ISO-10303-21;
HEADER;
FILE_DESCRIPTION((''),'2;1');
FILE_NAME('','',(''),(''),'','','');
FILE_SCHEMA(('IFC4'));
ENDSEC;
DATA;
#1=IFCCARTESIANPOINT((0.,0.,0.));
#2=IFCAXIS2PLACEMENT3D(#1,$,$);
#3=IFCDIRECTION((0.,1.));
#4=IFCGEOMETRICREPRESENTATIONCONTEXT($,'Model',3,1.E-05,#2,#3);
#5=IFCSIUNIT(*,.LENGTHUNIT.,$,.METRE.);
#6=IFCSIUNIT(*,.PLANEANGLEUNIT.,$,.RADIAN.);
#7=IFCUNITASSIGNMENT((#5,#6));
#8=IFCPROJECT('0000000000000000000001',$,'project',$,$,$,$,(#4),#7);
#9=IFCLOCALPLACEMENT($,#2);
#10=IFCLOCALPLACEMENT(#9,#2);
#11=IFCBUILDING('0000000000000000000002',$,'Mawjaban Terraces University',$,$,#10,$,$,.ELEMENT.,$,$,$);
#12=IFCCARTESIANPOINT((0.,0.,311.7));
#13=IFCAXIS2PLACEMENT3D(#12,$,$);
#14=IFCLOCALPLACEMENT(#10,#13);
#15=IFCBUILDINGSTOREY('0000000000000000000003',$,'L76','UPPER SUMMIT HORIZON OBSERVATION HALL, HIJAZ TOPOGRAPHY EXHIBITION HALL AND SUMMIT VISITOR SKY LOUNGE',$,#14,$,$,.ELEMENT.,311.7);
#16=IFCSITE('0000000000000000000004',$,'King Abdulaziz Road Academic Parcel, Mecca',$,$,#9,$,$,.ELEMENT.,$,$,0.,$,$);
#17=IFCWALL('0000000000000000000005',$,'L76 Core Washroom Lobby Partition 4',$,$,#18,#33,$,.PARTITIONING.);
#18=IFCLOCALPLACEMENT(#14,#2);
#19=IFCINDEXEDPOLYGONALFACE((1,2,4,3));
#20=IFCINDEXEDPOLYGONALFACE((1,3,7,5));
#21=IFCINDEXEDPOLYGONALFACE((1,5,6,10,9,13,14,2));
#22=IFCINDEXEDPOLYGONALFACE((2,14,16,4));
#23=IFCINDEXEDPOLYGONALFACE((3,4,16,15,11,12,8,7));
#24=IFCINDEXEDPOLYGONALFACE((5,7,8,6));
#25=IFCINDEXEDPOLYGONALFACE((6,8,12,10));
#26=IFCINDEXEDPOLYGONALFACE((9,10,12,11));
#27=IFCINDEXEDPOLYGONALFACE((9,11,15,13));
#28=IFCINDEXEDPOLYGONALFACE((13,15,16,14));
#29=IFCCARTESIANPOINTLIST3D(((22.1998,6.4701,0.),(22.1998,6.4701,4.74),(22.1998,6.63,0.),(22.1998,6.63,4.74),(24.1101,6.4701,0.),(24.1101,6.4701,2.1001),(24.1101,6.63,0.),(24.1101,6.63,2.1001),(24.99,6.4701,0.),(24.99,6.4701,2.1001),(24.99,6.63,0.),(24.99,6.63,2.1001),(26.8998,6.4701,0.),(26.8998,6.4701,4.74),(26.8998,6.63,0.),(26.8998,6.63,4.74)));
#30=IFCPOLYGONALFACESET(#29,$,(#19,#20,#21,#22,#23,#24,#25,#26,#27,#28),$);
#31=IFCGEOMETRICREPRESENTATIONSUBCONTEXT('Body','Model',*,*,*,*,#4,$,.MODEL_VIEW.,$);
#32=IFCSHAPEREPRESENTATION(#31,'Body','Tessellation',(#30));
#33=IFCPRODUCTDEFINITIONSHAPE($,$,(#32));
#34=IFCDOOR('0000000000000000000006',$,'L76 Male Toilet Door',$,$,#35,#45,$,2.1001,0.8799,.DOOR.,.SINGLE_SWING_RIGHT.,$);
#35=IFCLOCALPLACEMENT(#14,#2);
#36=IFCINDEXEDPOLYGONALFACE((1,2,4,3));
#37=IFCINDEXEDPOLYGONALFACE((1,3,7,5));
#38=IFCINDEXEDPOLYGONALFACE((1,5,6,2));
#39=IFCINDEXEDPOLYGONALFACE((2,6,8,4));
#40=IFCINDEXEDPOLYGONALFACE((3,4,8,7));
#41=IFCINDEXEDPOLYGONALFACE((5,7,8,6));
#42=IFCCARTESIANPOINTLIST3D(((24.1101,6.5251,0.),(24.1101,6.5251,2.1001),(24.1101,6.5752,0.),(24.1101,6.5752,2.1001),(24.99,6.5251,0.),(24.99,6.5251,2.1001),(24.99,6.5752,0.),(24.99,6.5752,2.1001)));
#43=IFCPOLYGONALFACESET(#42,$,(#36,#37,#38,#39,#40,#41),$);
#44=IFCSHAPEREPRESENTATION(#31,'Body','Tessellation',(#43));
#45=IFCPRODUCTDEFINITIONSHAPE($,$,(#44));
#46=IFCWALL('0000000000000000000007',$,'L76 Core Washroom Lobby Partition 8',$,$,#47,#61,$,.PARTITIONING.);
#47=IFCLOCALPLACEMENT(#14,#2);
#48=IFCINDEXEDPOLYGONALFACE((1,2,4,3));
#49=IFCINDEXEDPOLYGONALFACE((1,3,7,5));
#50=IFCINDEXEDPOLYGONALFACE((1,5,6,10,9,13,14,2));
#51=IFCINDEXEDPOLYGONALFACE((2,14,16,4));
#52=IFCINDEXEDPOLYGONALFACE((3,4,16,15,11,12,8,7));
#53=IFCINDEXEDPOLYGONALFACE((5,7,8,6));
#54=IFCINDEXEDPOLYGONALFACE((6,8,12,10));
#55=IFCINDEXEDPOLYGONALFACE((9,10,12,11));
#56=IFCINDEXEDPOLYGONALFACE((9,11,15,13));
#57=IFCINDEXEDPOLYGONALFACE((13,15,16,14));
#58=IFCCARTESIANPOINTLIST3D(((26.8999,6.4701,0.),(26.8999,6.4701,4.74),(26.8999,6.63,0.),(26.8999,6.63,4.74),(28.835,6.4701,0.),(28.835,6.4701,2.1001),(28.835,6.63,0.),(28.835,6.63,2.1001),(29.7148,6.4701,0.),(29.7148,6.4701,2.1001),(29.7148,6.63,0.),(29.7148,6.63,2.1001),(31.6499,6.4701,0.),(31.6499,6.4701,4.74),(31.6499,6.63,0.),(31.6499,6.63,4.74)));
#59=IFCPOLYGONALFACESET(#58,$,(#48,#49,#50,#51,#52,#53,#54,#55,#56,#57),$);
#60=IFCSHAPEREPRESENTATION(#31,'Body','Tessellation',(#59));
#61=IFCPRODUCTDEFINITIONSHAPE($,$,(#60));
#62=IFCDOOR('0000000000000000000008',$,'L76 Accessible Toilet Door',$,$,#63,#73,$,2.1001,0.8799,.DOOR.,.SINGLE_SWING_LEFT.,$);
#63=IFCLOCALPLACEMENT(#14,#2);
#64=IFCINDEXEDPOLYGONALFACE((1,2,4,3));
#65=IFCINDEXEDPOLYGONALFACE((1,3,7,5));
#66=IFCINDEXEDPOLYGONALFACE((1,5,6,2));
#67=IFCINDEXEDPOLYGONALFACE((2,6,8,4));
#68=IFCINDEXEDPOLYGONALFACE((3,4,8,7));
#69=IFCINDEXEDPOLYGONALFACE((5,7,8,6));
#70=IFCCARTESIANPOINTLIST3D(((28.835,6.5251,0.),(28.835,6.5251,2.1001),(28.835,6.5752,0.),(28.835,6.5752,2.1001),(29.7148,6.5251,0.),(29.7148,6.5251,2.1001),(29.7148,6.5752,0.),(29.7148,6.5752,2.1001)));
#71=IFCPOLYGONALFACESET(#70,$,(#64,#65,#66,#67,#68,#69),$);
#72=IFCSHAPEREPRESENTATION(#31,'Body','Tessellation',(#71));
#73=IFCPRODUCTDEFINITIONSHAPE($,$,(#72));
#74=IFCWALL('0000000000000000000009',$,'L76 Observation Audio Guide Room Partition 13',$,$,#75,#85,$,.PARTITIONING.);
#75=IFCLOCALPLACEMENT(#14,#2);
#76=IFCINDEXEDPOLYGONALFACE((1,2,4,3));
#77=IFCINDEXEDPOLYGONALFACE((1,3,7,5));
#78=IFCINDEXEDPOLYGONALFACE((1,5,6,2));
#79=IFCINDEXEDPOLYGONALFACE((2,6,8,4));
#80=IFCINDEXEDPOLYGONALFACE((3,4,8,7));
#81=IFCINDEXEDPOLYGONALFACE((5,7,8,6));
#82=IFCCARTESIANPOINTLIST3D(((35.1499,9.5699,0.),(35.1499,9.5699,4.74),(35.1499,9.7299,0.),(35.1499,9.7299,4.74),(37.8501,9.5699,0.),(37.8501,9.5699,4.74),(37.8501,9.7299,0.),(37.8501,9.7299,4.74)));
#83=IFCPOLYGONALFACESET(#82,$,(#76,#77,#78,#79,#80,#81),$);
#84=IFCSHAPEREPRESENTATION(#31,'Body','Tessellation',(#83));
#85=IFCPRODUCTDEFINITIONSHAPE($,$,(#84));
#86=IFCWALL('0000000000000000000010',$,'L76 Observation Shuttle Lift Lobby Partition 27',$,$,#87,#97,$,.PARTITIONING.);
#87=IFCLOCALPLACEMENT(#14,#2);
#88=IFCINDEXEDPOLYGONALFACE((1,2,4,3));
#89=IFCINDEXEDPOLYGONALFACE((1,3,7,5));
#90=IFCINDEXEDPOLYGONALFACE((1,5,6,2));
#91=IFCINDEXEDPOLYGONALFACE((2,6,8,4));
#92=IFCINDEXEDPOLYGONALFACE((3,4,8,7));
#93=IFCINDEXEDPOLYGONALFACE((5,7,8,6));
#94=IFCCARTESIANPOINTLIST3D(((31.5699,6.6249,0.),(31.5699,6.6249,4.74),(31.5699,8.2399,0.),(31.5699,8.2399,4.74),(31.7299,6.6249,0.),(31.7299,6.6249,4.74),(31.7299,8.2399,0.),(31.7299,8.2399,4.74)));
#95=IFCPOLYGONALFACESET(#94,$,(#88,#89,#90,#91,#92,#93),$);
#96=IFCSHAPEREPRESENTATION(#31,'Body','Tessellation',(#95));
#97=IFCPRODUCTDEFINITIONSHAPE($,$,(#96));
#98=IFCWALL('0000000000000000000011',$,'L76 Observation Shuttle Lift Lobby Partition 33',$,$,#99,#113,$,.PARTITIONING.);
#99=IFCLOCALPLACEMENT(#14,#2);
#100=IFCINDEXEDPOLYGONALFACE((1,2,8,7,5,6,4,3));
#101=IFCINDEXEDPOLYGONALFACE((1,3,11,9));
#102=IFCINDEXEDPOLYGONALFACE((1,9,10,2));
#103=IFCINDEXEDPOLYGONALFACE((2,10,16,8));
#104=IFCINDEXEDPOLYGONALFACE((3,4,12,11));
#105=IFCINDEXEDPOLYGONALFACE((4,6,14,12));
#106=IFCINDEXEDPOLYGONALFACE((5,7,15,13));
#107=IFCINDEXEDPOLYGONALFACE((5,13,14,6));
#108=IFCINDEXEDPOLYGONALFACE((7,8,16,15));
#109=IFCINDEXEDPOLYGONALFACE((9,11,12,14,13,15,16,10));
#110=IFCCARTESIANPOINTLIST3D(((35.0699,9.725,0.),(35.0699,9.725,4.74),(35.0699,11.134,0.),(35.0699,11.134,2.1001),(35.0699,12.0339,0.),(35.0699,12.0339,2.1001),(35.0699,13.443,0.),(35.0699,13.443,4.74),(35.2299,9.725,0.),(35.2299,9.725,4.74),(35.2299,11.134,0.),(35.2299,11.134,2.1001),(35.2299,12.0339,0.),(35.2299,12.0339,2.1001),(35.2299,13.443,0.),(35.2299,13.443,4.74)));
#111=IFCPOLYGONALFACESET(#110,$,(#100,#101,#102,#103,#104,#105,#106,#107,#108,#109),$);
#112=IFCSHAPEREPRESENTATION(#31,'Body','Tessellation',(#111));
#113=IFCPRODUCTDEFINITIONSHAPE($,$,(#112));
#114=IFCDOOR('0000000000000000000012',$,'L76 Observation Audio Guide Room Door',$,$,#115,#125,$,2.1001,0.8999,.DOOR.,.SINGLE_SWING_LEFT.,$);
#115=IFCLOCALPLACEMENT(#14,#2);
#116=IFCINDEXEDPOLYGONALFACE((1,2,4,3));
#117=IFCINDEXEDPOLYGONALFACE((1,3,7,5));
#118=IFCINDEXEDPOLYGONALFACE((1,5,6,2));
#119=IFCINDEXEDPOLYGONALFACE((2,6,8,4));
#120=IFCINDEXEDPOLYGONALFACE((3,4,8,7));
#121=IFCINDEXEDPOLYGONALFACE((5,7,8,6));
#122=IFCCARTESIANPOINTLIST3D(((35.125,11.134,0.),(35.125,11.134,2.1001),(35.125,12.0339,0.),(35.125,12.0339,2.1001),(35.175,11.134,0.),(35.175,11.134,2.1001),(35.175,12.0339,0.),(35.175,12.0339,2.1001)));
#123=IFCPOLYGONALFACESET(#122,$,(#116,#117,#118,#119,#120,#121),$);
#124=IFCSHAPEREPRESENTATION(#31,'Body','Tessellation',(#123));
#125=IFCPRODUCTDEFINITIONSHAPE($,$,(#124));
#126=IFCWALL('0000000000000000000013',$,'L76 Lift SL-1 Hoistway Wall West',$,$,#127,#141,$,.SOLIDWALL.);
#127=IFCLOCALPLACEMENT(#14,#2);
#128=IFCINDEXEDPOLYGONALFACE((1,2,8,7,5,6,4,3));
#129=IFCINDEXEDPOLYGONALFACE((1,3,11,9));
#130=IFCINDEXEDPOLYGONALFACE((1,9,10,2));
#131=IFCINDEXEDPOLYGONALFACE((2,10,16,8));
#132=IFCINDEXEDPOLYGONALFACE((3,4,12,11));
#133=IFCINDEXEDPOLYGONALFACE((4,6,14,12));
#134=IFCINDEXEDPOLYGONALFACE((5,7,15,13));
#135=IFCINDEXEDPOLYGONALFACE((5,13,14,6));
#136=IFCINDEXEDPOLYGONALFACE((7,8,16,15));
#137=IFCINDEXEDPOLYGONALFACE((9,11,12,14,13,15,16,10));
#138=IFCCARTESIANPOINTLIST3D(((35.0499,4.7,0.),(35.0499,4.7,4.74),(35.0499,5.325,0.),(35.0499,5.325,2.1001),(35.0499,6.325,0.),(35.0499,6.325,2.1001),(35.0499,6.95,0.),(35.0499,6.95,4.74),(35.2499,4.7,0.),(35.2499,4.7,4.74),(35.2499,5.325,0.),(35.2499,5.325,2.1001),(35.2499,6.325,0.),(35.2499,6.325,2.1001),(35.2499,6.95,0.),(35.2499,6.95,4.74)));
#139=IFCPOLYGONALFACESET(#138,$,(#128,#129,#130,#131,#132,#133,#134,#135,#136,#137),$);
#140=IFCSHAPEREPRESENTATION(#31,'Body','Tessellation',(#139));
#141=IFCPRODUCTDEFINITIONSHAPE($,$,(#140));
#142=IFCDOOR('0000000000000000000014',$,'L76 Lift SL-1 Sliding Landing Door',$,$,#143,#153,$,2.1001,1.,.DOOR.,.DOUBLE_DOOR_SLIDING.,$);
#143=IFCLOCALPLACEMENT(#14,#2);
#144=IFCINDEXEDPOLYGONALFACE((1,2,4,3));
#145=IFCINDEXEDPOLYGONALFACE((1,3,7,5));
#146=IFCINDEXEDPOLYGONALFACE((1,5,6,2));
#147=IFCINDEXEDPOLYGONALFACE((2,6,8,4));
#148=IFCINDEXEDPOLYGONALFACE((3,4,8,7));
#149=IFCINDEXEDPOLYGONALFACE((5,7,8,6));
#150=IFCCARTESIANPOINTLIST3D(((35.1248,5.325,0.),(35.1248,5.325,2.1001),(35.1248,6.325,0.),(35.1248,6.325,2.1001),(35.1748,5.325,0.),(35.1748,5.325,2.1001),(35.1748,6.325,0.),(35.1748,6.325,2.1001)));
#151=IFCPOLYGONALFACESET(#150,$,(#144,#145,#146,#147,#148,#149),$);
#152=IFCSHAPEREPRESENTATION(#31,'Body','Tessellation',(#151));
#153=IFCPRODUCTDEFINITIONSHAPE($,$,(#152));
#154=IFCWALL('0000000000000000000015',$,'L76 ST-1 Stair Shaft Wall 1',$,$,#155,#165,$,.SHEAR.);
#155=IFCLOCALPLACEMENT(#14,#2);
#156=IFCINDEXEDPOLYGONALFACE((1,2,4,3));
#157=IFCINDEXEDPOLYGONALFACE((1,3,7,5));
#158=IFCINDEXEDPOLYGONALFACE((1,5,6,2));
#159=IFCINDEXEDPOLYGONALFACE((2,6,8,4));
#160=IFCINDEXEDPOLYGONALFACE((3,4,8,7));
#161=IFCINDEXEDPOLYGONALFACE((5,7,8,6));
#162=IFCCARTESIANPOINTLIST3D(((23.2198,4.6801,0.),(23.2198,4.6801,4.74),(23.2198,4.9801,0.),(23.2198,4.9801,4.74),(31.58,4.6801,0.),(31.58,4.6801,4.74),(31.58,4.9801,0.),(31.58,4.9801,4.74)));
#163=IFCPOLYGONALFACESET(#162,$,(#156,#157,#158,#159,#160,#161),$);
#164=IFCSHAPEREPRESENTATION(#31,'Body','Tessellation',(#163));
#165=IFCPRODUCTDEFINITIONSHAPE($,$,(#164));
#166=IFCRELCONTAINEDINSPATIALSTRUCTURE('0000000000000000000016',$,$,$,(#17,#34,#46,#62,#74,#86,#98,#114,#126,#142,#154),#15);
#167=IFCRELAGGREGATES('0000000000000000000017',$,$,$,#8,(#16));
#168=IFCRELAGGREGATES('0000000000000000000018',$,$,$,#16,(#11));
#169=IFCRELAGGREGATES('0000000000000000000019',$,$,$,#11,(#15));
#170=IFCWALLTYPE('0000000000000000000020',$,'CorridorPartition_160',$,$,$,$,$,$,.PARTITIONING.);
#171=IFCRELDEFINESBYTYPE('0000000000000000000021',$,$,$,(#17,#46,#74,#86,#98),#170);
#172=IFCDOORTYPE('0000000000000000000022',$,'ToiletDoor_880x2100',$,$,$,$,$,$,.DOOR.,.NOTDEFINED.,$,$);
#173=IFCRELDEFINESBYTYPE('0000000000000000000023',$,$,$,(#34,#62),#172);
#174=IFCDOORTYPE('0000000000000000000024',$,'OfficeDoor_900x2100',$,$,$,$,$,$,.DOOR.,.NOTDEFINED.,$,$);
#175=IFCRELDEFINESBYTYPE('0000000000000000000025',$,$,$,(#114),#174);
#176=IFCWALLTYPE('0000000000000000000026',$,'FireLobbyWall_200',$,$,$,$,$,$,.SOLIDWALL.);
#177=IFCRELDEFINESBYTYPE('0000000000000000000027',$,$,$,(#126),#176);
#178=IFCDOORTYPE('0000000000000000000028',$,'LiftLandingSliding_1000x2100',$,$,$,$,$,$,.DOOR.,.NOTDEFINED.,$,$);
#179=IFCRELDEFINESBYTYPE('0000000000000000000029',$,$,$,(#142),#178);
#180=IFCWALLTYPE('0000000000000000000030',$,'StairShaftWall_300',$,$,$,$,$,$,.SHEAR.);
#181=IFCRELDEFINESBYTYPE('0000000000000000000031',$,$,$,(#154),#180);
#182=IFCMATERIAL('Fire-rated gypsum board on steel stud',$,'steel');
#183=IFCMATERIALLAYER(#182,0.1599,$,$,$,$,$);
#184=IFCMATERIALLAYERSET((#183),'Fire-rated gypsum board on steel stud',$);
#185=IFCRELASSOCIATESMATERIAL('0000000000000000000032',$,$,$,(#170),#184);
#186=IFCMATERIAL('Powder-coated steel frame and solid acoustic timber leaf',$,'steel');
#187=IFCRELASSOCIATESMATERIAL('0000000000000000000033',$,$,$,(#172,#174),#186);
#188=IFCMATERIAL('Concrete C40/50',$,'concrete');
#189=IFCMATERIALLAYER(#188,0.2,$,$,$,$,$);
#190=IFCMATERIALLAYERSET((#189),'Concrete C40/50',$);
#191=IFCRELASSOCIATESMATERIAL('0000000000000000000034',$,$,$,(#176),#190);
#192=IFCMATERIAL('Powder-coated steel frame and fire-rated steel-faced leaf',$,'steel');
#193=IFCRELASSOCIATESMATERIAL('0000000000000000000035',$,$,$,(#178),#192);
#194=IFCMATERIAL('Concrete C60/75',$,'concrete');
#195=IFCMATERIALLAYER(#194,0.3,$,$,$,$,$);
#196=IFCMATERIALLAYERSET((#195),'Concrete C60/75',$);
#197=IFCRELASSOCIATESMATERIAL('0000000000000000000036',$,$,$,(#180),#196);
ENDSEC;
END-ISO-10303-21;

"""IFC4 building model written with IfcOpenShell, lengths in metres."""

from ifc_helpers import new_model, si_unit, direction, frame, frame_2d, origin, place, context, subcontext, project, spatial, rectangle, extrude, material, layer, layer_set, type_object, element, fill, save


model = new_model("IFC4")

# Units and contexts
model_context = context("Model", 3, precision=1e-05, world=origin(), true_north=direction((0.0, 1.0)))
body_context = subcontext(model_context, "Body", "Model", "MODEL_VIEW")
ifc_project = project(units=[si_unit("LENGTHUNIT", "METRE"), si_unit("PLANEANGLEUNIT", "RADIAN")], contexts=[model_context])

# Site, building, storey
site_placement = place(None, origin())
site = spatial("IfcSite", under=ifc_project, at=site_placement, Name="King Abdulaziz Road Academic Parcel, Mecca", CompositionType="ELEMENT", RefElevation=0.0)
building_placement = place(site_placement, origin())
building = spatial("IfcBuilding", under=site, at=building_placement, Name="Mawjaban Terraces University", CompositionType="ELEMENT")
storey_placement = place(building_placement, frame((0.0, 0.0, 311.7)))
storey = spatial("IfcBuildingStorey", under=building, at=storey_placement, Name="L76", Description="UPPER SUMMIT HORIZON OBSERVATION HALL, HIJAZ TOPOGRAPHY EXHIBITION HALL AND SUMMIT VISITOR SKY LOUNGE", CompositionType="ELEMENT", Elevation=311.7)

# Walls, openings, doors
ifc_material_1 = material(Name="Fire-rated gypsum board on steel stud", Category="steel")
ifc_layer_1 = layer(ifc_material_1, 0.1599)
ifc_layer_set_1 = layer_set([ifc_layer_1], Name="Fire-rated gypsum board on steel stud")
wall_type_1 = type_object("IfcWallType", Name="CorridorPartition_160", PredefinedType="PARTITIONING", material=ifc_layer_set_1)
wall_1_placement = place(storey_placement, frame((26.8999, 6.55, 0.0), z_axis=(0.0, 0.0, 1.0), x_axis=(-1.0, 0.0, 0.0)))
wall_1 = element("IfcWall", 1, at=wall_1_placement, inside=storey, type_object=wall_type_1, Name="L76 Core Washroom Lobby Partition 4", PredefinedType="PARTITIONING", context=body_context, shape_type="SweptSolid", body=[
    extrude(rectangle(XDim=4.7, YDim=0.1599, at=frame_2d((2.3501, 0.0))), origin(), (0.0, 0.0, 1.0), 4.74),
])
opening_1_placement = place(wall_1_placement, frame((1.9099, 0.0, 0.0)))
opening_1 = element("IfcOpeningElement", 2, at=opening_1_placement, cuts=wall_1, PredefinedType="OPENING", context=body_context, shape_type="SweptSolid", body=[
    extrude(rectangle(XDim=0.8799, YDim=2.1001, at=frame_2d((0.4399, 1.05))), frame((0.0, 0.0898, 0.0), z_axis=(0.0, -1.0, 0.0), x_axis=(1.0, 0.0, 0.0)), (0.0, 0.0, 1.0), 0.1799),
])
ifc_material_2 = material(Name="Powder-coated steel frame and solid acoustic timber leaf", Category="steel")
door_type_1 = type_object("IfcDoorType", Name="ToiletDoor_880x2100", OperationType="NOTDEFINED", PredefinedType="DOOR", material=ifc_material_2)
door_1_placement = place(opening_1_placement, origin())
door_1 = element("IfcDoor", 3, at=door_1_placement, inside=storey, type_object=door_type_1, Name="L76 Male Toilet Door", OperationType="SINGLE_SWING_RIGHT", OverallHeight=2.1001, OverallWidth=0.8799, PredefinedType="DOOR", context=body_context, shape_type="SweptSolid", body=[
    extrude(rectangle(XDim=0.8799, YDim=2.1001, at=frame_2d((0.4399, 1.05))), frame((0.0, 0.0249, 0.0), z_axis=(0.0, -1.0, 0.0), x_axis=(1.0, 0.0, 0.0)), (0.0, 0.0, 1.0), 0.05),
])
fill(opening_1, door_1)
wall_2_placement = place(storey_placement, frame((31.6499, 6.55, 0.0), z_axis=(0.0, 0.0, 1.0), x_axis=(-1.0, 0.0, 0.0)))
wall_2 = element("IfcWall", 4, at=wall_2_placement, inside=storey, type_object=wall_type_1, Name="L76 Core Washroom Lobby Partition 8", PredefinedType="PARTITIONING", context=body_context, shape_type="SweptSolid", body=[
    extrude(rectangle(XDim=4.75, YDim=0.1599, at=frame_2d((2.375, 0.0))), origin(), (0.0, 0.0, 1.0), 4.74),
])
opening_2_placement = place(wall_2_placement, frame((1.9351, 0.0, 0.0)))
opening_2 = element("IfcOpeningElement", 5, at=opening_2_placement, cuts=wall_2, PredefinedType="OPENING", context=body_context, shape_type="SweptSolid", body=[
    extrude(rectangle(XDim=0.8799, YDim=2.1001, at=frame_2d((0.4399, 1.05))), frame((0.0, 0.0898, 0.0), z_axis=(0.0, -1.0, 0.0), x_axis=(1.0, 0.0, 0.0)), (0.0, 0.0, 1.0), 0.1799),
])
door_2_placement = place(opening_2_placement, origin())
door_2 = element("IfcDoor", 6, at=door_2_placement, inside=storey, type_object=door_type_1, Name="L76 Accessible Toilet Door", OperationType="SINGLE_SWING_LEFT", OverallHeight=2.1001, OverallWidth=0.8799, PredefinedType="DOOR", context=body_context, shape_type="SweptSolid", body=[
    extrude(rectangle(XDim=0.8799, YDim=2.1001, at=frame_2d((0.4399, 1.05))), frame((0.0, 0.0249, 0.0), z_axis=(0.0, -1.0, 0.0), x_axis=(1.0, 0.0, 0.0)), (0.0, 0.0, 1.0), 0.05),
])
fill(opening_2, door_2)

# Walls
wall_3_placement = place(storey_placement, frame((35.1499, 9.6499, 0.0), z_axis=(0.0, 0.0, 1.0), x_axis=(1.0, 0.0, 0.0)))
element("IfcWall", 7, at=wall_3_placement, inside=storey, type_object=wall_type_1, Name="L76 Observation Audio Guide Room Partition 13", PredefinedType="PARTITIONING", context=body_context, shape_type="SweptSolid", body=[
    extrude(rectangle(XDim=2.7002, YDim=0.1599, at=frame_2d((1.3501, 0.0))), origin(), (0.0, 0.0, 1.0), 4.74),
])
wall_4_placement = place(storey_placement, frame((31.6499, 8.24, 0.0), z_axis=(0.0, 0.0, 1.0), x_axis=(0.0, -1.0, 0.0)))
element("IfcWall", 8, at=wall_4_placement, inside=storey, type_object=wall_type_1, Name="L76 Observation Shuttle Lift Lobby Partition 27", PredefinedType="PARTITIONING", context=body_context, shape_type="SweptSolid", body=[
    extrude(rectangle(XDim=1.615, YDim=0.1599, at=frame_2d((0.8076, 0.0))), origin(), (0.0, 0.0, 1.0), 4.74),
])

# Walls, openings, doors
wall_5_placement = place(storey_placement, frame((35.1499, 9.7251, 0.0), z_axis=(0.0, 0.0, 1.0), x_axis=(0.0, 1.0, 0.0)))
wall_5 = element("IfcWall", 9, at=wall_5_placement, inside=storey, type_object=wall_type_1, Name="L76 Observation Shuttle Lift Lobby Partition 33", PredefinedType="PARTITIONING", context=body_context, shape_type="SweptSolid", body=[
    extrude(rectangle(XDim=3.718, YDim=0.1599, at=frame_2d((1.8589, 0.0))), origin(), (0.0, 0.0, 1.0), 4.74),
])
opening_3_placement = place(wall_5_placement, frame((1.4089, 0.0, 0.0)))
opening_3 = element("IfcOpeningElement", 10, at=opening_3_placement, cuts=wall_5, PredefinedType="OPENING", context=body_context, shape_type="SweptSolid", body=[
    extrude(rectangle(XDim=0.8999, YDim=2.1001, at=frame_2d((0.45, 1.05))), frame((0.0, 0.0898, 0.0), z_axis=(0.0, -1.0, 0.0), x_axis=(1.0, 0.0, 0.0)), (0.0, 0.0, 1.0), 0.1799),
])
door_type_2 = type_object("IfcDoorType", Name="OfficeDoor_900x2100", OperationType="NOTDEFINED", PredefinedType="DOOR", material=ifc_material_2)
door_3_placement = place(opening_3_placement, origin())
door_3 = element("IfcDoor", 11, at=door_3_placement, inside=storey, type_object=door_type_2, Name="L76 Observation Audio Guide Room Door", OperationType="SINGLE_SWING_LEFT", OverallHeight=2.1001, OverallWidth=0.8999, PredefinedType="DOOR", context=body_context, shape_type="SweptSolid", body=[
    extrude(rectangle(XDim=0.8999, YDim=2.1001, at=frame_2d((0.45, 1.05))), frame((0.0, 0.0249, 0.0), z_axis=(0.0, -1.0, 0.0), x_axis=(1.0, 0.0, 0.0)), (0.0, 0.0, 1.0), 0.05),
])
fill(opening_3, door_3)
ifc_material_3 = material(Name="Concrete C40/50", Category="concrete")
ifc_layer_2 = layer(ifc_material_3, 0.2)
ifc_layer_set_2 = layer_set([ifc_layer_2], Name="Concrete C40/50")
wall_type_2 = type_object("IfcWallType", Name="FireLobbyWall_200", PredefinedType="SOLIDWALL", material=ifc_layer_set_2)
ifc_material_4 = material(Name="Powder-coated steel frame and fire-rated steel-faced leaf", Category="steel")
wall_6_placement = place(storey_placement, frame((35.1499, 6.95, 0.0), z_axis=(0.0, 0.0, 1.0), x_axis=(0.0, -1.0, 0.0)))
wall_6 = element("IfcWall", 12, at=wall_6_placement, inside=storey, type_object=wall_type_2, Name="L76 Lift SL-1 Hoistway Wall West", PredefinedType="SOLIDWALL", context=body_context, shape_type="SweptSolid", body=[
    extrude(rectangle(XDim=2.25, YDim=0.2, at=frame_2d((1.125, 0.0))), origin(), (0.0, 0.0, 1.0), 4.74),
])
opening_4_placement = place(wall_6_placement, frame((0.625, 0.0, 0.0)))
opening_4 = element("IfcOpeningElement", 13, at=opening_4_placement, cuts=wall_6, PredefinedType="OPENING", context=body_context, shape_type="SweptSolid", body=[
    extrude(rectangle(XDim=1.0, YDim=2.1001, at=frame_2d((0.5, 1.05))), frame((0.0, 0.1099, 0.0), z_axis=(0.0, -1.0, 0.0), x_axis=(1.0, 0.0, 0.0)), (0.0, 0.0, 1.0), 0.22),
])
door_type_3 = type_object("IfcDoorType", Name="LiftLandingSliding_1000x2100", OperationType="NOTDEFINED", PredefinedType="DOOR", material=ifc_material_4)
door_4_placement = place(opening_4_placement, origin())
door_4 = element("IfcDoor", 14, at=door_4_placement, inside=storey, type_object=door_type_3, Name="L76 Lift SL-1 Sliding Landing Door", OperationType="DOUBLE_DOOR_SLIDING", OverallHeight=2.1001, OverallWidth=1.0, PredefinedType="DOOR", context=body_context, shape_type="SweptSolid", body=[
    extrude(rectangle(XDim=1.0, YDim=2.1001, at=frame_2d((0.5, 1.05))), frame((0.0, 0.0249, 0.0), z_axis=(0.0, -1.0, 0.0), x_axis=(1.0, 0.0, 0.0)), (0.0, 0.0, 1.0), 0.05),
])
fill(opening_4, door_4)

# Wall
ifc_material_5 = material(Name="Concrete C60/75", Category="concrete")
ifc_layer_3 = layer(ifc_material_5, 0.3)
ifc_layer_set_3 = layer_set([ifc_layer_3], Name="Concrete C60/75")
wall_type_3 = type_object("IfcWallType", Name="StairShaftWall_300", PredefinedType="SHEAR", material=ifc_layer_set_3)
wall_7_placement = place(storey_placement, frame((31.5801, 4.8301, 0.0), z_axis=(0.0, 0.0, 1.0), x_axis=(-1.0, 0.0, 0.0)))
element("IfcWall", 15, at=wall_7_placement, inside=storey, type_object=wall_type_3, Name="L76 ST-1 Stair Shaft Wall 1", PredefinedType="SHEAR", context=body_context, shape_type="SweptSolid", body=[
    extrude(rectangle(XDim=8.3601, YDim=0.3, at=frame_2d((4.1802, 0.0))), origin(), (0.0, 0.0, 1.0), 4.74),
])

save(model, "model.ifc")
